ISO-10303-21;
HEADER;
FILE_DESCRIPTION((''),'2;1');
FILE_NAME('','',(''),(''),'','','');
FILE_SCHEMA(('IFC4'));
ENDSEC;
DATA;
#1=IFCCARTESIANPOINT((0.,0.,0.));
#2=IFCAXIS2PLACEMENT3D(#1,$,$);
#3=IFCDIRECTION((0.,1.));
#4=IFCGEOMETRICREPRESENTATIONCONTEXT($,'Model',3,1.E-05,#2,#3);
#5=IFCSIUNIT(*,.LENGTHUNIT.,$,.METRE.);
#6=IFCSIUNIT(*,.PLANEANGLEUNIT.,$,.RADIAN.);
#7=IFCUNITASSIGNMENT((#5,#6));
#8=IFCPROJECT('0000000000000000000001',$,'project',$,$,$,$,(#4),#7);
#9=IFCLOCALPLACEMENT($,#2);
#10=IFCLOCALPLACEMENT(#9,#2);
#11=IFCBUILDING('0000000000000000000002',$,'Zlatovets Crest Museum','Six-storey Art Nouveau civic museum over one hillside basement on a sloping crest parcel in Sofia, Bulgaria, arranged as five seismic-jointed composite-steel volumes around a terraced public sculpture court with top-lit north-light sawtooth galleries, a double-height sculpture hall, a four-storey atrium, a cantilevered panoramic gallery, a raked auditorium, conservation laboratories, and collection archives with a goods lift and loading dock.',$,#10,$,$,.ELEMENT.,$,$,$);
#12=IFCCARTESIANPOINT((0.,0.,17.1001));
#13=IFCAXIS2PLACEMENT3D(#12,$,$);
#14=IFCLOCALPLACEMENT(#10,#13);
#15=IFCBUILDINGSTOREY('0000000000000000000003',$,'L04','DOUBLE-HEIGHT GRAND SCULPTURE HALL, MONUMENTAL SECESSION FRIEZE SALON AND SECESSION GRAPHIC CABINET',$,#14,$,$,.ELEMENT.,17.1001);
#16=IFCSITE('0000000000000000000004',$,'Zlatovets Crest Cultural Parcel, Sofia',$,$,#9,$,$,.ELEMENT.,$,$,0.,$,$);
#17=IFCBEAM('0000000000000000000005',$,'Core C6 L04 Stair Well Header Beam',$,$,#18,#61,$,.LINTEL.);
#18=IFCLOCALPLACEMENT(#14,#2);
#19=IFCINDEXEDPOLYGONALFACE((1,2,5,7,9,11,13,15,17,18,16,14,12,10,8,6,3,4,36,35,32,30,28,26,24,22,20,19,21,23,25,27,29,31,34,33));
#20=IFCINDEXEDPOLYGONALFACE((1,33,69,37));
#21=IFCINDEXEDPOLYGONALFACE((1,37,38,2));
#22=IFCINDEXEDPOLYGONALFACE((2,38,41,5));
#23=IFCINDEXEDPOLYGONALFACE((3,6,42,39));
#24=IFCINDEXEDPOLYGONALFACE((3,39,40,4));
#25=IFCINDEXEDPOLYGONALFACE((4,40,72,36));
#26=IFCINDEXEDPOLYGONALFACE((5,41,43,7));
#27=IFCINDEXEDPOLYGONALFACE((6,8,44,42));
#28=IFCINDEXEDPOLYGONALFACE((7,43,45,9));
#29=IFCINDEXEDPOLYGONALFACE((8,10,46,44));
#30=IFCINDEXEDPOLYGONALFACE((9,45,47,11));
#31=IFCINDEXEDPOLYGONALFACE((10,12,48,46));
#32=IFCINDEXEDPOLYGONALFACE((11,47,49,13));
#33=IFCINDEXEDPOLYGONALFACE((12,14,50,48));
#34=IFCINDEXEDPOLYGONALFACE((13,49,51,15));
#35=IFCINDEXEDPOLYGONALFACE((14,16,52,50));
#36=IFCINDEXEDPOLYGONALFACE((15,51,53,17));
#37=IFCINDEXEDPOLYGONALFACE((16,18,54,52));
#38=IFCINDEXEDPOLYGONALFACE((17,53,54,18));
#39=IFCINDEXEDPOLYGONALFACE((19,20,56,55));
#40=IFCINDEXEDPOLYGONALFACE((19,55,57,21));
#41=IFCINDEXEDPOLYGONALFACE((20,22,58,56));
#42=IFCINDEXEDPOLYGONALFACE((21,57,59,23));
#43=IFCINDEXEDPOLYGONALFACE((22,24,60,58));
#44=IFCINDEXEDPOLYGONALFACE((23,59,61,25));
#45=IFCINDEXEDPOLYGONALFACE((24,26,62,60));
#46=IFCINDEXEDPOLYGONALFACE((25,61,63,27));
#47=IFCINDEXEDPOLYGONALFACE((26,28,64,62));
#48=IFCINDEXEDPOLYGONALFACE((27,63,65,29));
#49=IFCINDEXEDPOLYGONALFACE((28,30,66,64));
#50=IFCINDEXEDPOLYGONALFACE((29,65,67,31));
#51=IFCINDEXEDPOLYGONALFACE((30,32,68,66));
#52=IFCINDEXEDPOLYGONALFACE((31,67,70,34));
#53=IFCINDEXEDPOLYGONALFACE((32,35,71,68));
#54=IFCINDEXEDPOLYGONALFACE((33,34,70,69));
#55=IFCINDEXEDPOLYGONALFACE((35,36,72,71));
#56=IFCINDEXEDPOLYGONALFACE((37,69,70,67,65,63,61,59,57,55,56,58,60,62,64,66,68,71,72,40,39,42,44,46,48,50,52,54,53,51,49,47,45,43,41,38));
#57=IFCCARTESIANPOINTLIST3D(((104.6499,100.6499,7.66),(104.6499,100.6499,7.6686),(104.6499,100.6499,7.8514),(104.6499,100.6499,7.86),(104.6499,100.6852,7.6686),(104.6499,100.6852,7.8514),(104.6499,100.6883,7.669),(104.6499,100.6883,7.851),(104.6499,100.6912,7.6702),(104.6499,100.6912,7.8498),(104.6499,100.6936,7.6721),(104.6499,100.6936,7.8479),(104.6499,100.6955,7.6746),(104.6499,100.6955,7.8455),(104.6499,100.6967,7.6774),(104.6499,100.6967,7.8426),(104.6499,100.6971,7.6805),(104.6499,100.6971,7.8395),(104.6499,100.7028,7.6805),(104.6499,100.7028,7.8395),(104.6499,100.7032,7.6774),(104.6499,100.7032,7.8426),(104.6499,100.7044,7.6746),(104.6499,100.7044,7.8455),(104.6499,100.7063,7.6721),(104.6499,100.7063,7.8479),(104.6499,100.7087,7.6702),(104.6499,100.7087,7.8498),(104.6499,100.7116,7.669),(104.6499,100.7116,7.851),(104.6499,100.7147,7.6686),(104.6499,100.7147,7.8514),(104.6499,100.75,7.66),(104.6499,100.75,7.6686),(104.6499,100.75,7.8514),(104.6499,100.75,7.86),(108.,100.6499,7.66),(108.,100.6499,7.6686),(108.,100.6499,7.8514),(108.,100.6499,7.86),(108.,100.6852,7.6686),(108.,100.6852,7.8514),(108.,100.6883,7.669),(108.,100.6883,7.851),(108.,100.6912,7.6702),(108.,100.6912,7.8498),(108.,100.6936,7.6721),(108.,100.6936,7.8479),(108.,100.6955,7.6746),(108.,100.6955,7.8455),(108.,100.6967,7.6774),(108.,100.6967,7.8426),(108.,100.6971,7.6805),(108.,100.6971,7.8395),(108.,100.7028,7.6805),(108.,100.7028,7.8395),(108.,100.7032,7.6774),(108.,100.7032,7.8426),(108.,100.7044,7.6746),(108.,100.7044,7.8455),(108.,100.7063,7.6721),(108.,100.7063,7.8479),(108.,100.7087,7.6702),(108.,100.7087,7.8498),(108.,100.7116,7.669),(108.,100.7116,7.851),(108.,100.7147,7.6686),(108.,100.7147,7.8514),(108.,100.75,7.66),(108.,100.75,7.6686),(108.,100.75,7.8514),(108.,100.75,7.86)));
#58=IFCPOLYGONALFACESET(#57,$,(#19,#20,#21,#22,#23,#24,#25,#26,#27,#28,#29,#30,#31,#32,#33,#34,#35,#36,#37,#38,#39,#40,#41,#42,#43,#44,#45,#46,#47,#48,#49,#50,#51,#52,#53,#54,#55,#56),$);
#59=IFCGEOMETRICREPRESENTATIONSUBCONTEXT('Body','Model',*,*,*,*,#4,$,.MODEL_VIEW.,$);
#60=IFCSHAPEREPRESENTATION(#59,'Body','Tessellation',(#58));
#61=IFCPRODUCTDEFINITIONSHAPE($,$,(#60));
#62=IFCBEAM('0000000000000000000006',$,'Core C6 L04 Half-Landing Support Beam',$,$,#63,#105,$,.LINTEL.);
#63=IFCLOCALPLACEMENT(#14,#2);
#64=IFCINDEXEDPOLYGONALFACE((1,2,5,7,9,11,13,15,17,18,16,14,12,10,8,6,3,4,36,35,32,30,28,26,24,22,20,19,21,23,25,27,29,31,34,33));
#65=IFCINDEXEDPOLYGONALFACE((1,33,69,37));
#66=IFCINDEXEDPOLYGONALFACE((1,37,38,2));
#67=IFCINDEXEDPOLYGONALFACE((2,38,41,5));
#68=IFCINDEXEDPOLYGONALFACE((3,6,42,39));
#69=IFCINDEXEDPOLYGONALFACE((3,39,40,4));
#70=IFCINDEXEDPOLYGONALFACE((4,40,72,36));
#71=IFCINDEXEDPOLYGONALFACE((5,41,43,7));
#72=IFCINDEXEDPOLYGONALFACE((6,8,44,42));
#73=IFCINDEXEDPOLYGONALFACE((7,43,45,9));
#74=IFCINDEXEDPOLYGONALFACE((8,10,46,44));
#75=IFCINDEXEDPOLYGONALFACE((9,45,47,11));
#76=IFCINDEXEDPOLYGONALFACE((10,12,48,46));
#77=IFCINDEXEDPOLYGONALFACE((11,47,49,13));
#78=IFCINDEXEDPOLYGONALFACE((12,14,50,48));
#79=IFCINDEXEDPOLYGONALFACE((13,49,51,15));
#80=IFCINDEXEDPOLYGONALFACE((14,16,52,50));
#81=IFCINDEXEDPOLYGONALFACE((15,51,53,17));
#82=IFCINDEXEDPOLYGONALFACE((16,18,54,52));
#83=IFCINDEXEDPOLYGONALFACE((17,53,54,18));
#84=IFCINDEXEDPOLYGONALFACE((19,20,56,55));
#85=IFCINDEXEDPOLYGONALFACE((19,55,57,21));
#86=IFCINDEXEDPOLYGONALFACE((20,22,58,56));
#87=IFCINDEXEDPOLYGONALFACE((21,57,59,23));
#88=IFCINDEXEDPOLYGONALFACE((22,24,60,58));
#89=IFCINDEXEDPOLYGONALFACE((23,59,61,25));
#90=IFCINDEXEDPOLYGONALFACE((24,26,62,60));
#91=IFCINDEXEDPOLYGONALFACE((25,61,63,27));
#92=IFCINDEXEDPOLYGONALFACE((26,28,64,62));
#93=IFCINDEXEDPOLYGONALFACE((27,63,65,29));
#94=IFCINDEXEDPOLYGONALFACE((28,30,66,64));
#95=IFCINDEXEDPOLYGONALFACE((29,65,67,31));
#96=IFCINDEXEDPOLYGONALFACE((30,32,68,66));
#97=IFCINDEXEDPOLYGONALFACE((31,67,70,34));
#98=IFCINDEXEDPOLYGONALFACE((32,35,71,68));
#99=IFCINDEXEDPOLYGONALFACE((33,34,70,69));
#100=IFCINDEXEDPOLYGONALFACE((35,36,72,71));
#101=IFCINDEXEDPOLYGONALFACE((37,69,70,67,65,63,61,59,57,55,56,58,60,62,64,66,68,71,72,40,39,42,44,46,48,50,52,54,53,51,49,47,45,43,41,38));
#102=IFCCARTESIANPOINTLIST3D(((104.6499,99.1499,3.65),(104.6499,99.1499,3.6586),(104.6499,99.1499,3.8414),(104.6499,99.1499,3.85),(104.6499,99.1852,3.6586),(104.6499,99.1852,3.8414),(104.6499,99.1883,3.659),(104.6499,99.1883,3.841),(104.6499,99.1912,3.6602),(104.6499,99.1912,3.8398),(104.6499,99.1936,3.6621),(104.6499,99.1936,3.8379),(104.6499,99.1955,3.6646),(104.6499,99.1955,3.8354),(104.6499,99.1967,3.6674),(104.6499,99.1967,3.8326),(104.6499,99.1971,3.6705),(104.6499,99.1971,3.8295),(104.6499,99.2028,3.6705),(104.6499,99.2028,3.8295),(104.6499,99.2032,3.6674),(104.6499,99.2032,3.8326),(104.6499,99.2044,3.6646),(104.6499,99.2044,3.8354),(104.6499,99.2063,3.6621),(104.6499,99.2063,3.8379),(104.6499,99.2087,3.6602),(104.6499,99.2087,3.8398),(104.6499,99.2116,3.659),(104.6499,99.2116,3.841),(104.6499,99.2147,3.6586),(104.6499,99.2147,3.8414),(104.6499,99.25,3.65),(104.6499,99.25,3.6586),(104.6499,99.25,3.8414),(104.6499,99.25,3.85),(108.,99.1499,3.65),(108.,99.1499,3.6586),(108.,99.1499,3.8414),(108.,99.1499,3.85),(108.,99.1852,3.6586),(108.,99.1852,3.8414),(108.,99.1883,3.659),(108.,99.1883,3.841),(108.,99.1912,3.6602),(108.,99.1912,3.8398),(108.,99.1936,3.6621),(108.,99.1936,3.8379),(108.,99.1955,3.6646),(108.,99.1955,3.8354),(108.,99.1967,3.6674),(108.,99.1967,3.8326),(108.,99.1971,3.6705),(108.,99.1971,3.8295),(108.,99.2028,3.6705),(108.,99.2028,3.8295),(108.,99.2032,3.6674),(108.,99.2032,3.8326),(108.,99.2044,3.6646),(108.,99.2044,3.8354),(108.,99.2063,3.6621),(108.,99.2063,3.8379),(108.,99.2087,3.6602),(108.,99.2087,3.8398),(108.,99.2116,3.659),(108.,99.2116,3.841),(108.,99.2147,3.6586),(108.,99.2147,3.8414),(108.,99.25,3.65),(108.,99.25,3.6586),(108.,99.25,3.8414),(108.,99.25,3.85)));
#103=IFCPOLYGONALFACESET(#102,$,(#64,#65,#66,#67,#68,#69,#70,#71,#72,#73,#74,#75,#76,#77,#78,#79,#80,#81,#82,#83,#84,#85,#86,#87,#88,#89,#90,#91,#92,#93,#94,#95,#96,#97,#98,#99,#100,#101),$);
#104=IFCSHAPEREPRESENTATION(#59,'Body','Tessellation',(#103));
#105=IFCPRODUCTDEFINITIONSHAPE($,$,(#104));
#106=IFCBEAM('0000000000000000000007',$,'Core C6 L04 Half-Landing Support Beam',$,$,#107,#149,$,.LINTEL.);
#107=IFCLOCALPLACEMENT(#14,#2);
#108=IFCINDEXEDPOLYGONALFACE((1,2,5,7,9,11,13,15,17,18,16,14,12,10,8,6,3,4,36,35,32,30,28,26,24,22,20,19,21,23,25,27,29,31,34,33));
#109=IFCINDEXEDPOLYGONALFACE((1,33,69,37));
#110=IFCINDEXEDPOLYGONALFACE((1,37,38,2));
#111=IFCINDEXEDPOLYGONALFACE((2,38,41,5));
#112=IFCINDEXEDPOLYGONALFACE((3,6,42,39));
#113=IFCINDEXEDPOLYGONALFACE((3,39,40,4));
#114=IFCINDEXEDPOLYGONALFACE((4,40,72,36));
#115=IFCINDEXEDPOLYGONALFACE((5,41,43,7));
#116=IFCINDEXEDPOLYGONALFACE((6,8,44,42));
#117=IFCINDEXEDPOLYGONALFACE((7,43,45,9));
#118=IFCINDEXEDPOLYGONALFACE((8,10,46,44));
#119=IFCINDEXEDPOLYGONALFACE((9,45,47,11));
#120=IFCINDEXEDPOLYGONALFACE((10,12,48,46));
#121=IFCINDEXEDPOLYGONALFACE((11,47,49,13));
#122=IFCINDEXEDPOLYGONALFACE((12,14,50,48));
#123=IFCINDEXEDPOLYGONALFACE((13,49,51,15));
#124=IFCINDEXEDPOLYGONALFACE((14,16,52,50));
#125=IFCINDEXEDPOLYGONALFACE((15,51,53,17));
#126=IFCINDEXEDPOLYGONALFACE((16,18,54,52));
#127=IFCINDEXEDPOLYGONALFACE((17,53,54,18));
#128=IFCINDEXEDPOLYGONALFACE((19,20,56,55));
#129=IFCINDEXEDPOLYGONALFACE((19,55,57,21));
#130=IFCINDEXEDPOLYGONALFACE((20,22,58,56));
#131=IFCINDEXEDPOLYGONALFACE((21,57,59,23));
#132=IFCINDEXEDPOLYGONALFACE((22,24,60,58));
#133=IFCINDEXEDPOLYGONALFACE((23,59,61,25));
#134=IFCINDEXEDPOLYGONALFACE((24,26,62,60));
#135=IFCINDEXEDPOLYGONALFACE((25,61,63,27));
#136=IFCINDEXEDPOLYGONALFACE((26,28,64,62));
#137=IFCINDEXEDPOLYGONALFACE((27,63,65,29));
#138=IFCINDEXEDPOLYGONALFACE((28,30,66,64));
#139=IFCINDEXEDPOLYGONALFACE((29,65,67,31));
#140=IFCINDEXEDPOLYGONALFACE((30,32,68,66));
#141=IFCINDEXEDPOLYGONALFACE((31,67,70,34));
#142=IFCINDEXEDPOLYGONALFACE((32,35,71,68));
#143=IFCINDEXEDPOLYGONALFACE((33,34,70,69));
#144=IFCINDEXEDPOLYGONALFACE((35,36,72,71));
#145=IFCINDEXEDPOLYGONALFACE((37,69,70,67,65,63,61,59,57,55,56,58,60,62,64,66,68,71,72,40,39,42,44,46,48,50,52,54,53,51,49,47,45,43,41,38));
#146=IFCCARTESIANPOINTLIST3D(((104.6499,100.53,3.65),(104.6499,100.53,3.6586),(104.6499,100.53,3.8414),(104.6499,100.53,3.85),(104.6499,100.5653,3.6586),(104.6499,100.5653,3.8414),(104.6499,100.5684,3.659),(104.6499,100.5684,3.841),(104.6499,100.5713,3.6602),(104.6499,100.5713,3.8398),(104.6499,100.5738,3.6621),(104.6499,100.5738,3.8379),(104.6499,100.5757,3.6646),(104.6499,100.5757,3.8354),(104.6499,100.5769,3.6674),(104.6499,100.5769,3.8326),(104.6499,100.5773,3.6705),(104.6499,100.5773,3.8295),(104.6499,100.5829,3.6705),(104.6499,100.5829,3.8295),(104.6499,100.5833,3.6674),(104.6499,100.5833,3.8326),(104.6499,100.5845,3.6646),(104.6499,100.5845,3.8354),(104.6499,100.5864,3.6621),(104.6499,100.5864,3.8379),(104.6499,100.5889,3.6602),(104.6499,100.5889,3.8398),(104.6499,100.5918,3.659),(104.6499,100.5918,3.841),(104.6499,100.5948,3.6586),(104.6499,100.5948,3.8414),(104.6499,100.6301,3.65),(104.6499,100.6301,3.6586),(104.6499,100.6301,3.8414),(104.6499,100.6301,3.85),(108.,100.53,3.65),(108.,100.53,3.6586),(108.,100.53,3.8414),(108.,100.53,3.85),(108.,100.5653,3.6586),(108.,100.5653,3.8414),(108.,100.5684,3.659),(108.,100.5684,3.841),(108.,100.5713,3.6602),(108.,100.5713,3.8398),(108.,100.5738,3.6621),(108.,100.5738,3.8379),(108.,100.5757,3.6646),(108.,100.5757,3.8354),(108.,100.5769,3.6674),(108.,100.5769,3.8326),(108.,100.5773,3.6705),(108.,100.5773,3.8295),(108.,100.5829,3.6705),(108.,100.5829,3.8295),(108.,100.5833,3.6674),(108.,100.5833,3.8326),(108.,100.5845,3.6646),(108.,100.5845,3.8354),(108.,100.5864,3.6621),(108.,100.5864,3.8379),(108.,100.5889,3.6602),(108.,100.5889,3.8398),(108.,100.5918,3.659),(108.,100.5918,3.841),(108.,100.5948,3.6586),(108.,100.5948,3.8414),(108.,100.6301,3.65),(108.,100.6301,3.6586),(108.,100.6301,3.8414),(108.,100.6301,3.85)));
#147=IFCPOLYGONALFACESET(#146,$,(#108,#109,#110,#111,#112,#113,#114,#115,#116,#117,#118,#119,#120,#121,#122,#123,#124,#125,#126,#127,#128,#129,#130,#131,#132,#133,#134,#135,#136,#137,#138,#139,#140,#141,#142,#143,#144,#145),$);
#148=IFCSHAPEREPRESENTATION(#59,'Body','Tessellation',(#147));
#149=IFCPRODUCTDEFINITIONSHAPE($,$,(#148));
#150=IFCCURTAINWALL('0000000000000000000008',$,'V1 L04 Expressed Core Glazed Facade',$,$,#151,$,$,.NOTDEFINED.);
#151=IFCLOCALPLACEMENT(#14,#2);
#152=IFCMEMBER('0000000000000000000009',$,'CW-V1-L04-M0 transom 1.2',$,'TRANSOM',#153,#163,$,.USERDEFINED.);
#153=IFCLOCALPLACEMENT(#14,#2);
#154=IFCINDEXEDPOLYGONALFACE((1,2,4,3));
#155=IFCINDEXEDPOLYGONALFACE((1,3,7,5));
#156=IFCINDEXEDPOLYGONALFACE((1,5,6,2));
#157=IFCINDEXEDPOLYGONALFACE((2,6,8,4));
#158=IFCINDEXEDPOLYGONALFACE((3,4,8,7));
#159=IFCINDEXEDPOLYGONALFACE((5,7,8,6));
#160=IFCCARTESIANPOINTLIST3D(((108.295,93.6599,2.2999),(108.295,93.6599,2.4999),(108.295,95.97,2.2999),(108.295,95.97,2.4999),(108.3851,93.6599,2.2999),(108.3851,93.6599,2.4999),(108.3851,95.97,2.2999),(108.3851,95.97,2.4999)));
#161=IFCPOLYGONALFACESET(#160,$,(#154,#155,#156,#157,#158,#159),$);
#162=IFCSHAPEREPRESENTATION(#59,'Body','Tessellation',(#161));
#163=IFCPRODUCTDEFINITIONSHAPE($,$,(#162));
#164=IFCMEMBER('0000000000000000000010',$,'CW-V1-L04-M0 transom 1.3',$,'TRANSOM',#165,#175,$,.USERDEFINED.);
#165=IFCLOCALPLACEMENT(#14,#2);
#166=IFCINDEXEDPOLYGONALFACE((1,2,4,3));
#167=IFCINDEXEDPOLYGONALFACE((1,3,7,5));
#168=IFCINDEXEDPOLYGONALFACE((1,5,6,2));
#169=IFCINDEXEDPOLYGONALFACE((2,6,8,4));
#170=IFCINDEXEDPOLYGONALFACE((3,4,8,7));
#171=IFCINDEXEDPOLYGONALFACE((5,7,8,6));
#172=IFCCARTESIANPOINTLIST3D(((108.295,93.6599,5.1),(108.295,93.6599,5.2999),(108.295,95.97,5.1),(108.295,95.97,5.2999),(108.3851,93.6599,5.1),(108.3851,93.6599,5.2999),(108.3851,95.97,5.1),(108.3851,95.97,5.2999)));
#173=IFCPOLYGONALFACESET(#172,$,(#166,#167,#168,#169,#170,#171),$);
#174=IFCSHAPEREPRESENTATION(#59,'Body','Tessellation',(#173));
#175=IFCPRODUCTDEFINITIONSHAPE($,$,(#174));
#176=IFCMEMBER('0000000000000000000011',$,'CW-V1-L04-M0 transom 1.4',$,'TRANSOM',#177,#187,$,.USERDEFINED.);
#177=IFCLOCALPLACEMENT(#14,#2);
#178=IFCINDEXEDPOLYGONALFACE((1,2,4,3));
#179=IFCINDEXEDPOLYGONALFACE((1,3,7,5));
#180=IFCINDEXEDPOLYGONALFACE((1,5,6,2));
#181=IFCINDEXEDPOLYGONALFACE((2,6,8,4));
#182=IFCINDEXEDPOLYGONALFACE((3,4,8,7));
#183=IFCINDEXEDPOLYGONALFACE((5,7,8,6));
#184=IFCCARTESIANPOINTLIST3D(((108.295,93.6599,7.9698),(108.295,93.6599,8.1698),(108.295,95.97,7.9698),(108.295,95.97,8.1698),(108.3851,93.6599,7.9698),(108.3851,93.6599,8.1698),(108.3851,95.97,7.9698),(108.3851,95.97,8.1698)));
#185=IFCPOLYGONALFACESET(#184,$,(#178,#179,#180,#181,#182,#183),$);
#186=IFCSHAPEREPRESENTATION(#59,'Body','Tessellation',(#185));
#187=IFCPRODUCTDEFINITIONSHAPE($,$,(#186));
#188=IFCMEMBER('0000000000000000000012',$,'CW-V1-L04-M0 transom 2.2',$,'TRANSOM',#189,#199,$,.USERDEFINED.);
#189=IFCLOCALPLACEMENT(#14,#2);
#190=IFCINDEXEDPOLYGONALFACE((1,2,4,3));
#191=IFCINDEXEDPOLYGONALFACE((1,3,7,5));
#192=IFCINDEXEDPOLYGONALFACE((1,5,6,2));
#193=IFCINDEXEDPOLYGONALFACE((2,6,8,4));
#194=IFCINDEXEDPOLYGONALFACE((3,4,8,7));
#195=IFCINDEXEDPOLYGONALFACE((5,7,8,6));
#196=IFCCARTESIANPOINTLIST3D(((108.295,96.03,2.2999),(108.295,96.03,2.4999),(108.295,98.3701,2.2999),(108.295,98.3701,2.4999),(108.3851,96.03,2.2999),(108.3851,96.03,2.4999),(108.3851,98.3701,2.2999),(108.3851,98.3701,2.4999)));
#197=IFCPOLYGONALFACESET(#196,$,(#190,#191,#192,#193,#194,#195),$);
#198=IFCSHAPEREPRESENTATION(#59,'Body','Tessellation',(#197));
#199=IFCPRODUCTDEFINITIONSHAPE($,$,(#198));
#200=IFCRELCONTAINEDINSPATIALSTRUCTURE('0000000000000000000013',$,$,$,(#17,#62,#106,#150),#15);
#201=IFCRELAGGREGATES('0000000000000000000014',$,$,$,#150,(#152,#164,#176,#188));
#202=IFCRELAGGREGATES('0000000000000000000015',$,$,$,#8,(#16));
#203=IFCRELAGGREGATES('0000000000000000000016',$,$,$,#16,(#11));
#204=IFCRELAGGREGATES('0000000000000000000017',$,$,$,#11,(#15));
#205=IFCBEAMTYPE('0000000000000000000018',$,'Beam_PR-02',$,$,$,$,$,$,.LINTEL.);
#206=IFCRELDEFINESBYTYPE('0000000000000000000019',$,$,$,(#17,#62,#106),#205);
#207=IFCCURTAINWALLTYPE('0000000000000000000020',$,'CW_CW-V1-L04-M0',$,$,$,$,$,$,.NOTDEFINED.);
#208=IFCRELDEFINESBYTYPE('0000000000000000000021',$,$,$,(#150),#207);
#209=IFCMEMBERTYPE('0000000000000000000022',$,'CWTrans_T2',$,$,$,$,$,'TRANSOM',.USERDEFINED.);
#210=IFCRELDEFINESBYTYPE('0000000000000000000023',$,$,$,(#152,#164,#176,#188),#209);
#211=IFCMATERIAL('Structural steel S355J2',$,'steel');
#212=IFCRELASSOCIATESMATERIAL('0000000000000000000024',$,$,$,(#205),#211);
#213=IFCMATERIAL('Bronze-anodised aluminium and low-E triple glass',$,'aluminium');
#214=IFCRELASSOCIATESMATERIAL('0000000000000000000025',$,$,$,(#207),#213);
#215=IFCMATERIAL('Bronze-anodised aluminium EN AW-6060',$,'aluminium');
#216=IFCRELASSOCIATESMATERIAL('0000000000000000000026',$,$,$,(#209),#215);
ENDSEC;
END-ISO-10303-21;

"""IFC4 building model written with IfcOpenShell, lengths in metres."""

from ifc_helpers import new_model, si_unit, direction, frame, origin, origin_2d, place, context, subcontext, project, spatial, rectangle, i_section, extrude, material, material_profile, profile_set, type_object, element, aggregate, save


model = new_model("IFC4")

# Units and contexts
model_context = context("Model", 3, precision=1e-05, world=origin(), true_north=direction((0.0, 1.0)))
body_context = subcontext(model_context, "Body", "Model", "MODEL_VIEW")
ifc_project = project(units=[si_unit("LENGTHUNIT", "METRE"), si_unit("PLANEANGLEUNIT", "RADIAN")], contexts=[model_context])

# Site, building, storey
site_placement = place(None, origin())
site = spatial("IfcSite", under=ifc_project, at=site_placement, Name="Zlatovets Crest Cultural Parcel, Sofia", CompositionType="ELEMENT", RefElevation=0.0)
building_placement = place(site_placement, origin())
building = spatial("IfcBuilding", under=site, at=building_placement, Name="Zlatovets Crest Museum", Description="Six-storey Art Nouveau civic museum over one hillside basement on a sloping crest parcel in Sofia, Bulgaria, arranged as five seismic-jointed composite-steel volumes around a terraced public sculpture court with top-lit north-light sawtooth galleries, a double-height sculpture hall, a four-storey atrium, a cantilevered panoramic gallery, a raked auditorium, conservation laboratories, and collection archives with a goods lift and loading dock.", CompositionType="ELEMENT")
storey_placement = place(building_placement, frame((0.0, 0.0, 17.1001)))
storey = spatial("IfcBuildingStorey", under=building, at=storey_placement, Name="L04", Description="DOUBLE-HEIGHT GRAND SCULPTURE HALL, MONUMENTAL SECESSION FRIEZE SALON AND SECESSION GRAPHIC CABINET", CompositionType="ELEMENT", Elevation=17.1001)

# Beams
ifc_material_1 = material(Name="Structural steel S355J2", Category="steel")
ifc_material_profile_1 = material_profile(ifc_material_1, i_section(OverallWidth=0.1001, OverallDepth=0.2, WebThickness=0.0056, FlangeThickness=0.0085, FilletRadius=0.012, at=origin_2d()), Name="IPE 200")
ifc_profile_set_1 = profile_set([ifc_material_profile_1], Name="Structural steel S355J2")
beam_type = type_object("IfcBeamType", Name="Beam_PR-02", PredefinedType="LINTEL", material=ifc_profile_set_1)
for number, where, z_axis, x_axis, name in (
    (1, (104.6499, 100.7, 7.76), (1.0, 0.0, 0.0), (0.0, 1.0, 0.0), "Core C6 L04 Stair Well Header Beam"),
    (2, (104.6499, 99.2, 3.75), (1.0, 0.0, 0.0), (0.0, 1.0, 0.0), "Core C6 L04 Half-Landing Support Beam"),
    (3, (104.6499, 100.5801, 3.75), (1.0, 0.0, 0.0), (0.0, 1.0, 0.0), "Core C6 L04 Half-Landing Support Beam"),
):
    element("IfcBeam", number, at=place(storey_placement, frame(where, z_axis=z_axis, x_axis=x_axis)), inside=storey, type_object=beam_type, Name=name, PredefinedType="LINTEL", context=body_context, shape_type="SweptSolid", body=[
        extrude(i_section(OverallWidth=0.1001, OverallDepth=0.2, WebThickness=0.0056, FlangeThickness=0.0085, FilletRadius=0.012, at=origin_2d()), origin(), (0.0, 0.0, 1.0), 3.3501),
    ])

# Curtain wall, members
ifc_material_2 = material(Name="Bronze-anodised aluminium and low-E triple glass", Category="aluminium")
curtain_wall_type = type_object("IfcCurtainWallType", Name="CW_CW-V1-L04-M0", PredefinedType="NOTDEFINED", material=ifc_material_2)
curtain_wall_placement = place(storey_placement, origin())
curtain_wall = element("IfcCurtainWall", 4, at=curtain_wall_placement, inside=storey, type_object=curtain_wall_type, Name="V1 L04 Expressed Core Glazed Facade", PredefinedType="NOTDEFINED")
ifc_material_3 = material(Name="Bronze-anodised aluminium EN AW-6060", Category="aluminium")
ifc_material_profile_2 = material_profile(ifc_material_3, rectangle(XDim=0.0901, YDim=0.2, at=origin_2d()), Name="ALU 90x200")
ifc_profile_set_2 = profile_set([ifc_material_profile_2], Name="Bronze-anodised aluminium EN AW-6060")
member_type_1 = type_object("IfcMemberType", Name="CWTrans_T2", ElementType="TRANSOM", PredefinedType="USERDEFINED", material=ifc_profile_set_2)
member_1_placement = place(storey_placement, frame((108.3401, 93.6599, 2.3999), z_axis=(0.0, 1.0, 0.0), x_axis=(-1.0, 0.0, 0.0)))
member_1 = element("IfcMember", 5, at=member_1_placement, type_object=member_type_1, Name="CW-V1-L04-M0 transom 1.2", ObjectType="TRANSOM", PredefinedType="USERDEFINED", context=body_context, shape_type="SweptSolid", body=[
    extrude(rectangle(XDim=0.0901, YDim=0.2, at=origin_2d()), origin(), (0.0, 0.0, 1.0), 2.3101),
])
member_2_placement = place(storey_placement, frame((108.3401, 93.6599, 5.2), z_axis=(0.0, 1.0, 0.0), x_axis=(-1.0, 0.0, 0.0)))
member_2 = element("IfcMember", 6, at=member_2_placement, type_object=member_type_1, Name="CW-V1-L04-M0 transom 1.3", ObjectType="TRANSOM", PredefinedType="USERDEFINED", context=body_context, shape_type="SweptSolid", body=[
    extrude(rectangle(XDim=0.0901, YDim=0.2, at=origin_2d()), origin(), (0.0, 0.0, 1.0), 2.3101),
])
member_3_placement = place(storey_placement, frame((108.3401, 93.6599, 8.0698), z_axis=(0.0, 1.0, 0.0), x_axis=(-1.0, 0.0, 0.0)))
member_3 = element("IfcMember", 7, at=member_3_placement, type_object=member_type_1, Name="CW-V1-L04-M0 transom 1.4", ObjectType="TRANSOM", PredefinedType="USERDEFINED", context=body_context, shape_type="SweptSolid", body=[
    extrude(rectangle(XDim=0.0901, YDim=0.2, at=origin_2d()), origin(), (0.0, 0.0, 1.0), 2.3101),
])
member_4_placement = place(storey_placement, frame((108.3401, 96.03, 2.3999), z_axis=(0.0, 1.0, 0.0), x_axis=(-1.0, 0.0, 0.0)))
member_4 = element("IfcMember", 8, at=member_4_placement, type_object=member_type_1, Name="CW-V1-L04-M0 transom 2.2", ObjectType="TRANSOM", PredefinedType="USERDEFINED", context=body_context, shape_type="SweptSolid", body=[
    extrude(rectangle(XDim=0.0901, YDim=0.2, at=origin_2d()), origin(), (0.0, 0.0, 1.0), 2.3401),
])

aggregate(curtain_wall, [member_1, member_2, member_3, member_4])

save(model, "model.ifc")
